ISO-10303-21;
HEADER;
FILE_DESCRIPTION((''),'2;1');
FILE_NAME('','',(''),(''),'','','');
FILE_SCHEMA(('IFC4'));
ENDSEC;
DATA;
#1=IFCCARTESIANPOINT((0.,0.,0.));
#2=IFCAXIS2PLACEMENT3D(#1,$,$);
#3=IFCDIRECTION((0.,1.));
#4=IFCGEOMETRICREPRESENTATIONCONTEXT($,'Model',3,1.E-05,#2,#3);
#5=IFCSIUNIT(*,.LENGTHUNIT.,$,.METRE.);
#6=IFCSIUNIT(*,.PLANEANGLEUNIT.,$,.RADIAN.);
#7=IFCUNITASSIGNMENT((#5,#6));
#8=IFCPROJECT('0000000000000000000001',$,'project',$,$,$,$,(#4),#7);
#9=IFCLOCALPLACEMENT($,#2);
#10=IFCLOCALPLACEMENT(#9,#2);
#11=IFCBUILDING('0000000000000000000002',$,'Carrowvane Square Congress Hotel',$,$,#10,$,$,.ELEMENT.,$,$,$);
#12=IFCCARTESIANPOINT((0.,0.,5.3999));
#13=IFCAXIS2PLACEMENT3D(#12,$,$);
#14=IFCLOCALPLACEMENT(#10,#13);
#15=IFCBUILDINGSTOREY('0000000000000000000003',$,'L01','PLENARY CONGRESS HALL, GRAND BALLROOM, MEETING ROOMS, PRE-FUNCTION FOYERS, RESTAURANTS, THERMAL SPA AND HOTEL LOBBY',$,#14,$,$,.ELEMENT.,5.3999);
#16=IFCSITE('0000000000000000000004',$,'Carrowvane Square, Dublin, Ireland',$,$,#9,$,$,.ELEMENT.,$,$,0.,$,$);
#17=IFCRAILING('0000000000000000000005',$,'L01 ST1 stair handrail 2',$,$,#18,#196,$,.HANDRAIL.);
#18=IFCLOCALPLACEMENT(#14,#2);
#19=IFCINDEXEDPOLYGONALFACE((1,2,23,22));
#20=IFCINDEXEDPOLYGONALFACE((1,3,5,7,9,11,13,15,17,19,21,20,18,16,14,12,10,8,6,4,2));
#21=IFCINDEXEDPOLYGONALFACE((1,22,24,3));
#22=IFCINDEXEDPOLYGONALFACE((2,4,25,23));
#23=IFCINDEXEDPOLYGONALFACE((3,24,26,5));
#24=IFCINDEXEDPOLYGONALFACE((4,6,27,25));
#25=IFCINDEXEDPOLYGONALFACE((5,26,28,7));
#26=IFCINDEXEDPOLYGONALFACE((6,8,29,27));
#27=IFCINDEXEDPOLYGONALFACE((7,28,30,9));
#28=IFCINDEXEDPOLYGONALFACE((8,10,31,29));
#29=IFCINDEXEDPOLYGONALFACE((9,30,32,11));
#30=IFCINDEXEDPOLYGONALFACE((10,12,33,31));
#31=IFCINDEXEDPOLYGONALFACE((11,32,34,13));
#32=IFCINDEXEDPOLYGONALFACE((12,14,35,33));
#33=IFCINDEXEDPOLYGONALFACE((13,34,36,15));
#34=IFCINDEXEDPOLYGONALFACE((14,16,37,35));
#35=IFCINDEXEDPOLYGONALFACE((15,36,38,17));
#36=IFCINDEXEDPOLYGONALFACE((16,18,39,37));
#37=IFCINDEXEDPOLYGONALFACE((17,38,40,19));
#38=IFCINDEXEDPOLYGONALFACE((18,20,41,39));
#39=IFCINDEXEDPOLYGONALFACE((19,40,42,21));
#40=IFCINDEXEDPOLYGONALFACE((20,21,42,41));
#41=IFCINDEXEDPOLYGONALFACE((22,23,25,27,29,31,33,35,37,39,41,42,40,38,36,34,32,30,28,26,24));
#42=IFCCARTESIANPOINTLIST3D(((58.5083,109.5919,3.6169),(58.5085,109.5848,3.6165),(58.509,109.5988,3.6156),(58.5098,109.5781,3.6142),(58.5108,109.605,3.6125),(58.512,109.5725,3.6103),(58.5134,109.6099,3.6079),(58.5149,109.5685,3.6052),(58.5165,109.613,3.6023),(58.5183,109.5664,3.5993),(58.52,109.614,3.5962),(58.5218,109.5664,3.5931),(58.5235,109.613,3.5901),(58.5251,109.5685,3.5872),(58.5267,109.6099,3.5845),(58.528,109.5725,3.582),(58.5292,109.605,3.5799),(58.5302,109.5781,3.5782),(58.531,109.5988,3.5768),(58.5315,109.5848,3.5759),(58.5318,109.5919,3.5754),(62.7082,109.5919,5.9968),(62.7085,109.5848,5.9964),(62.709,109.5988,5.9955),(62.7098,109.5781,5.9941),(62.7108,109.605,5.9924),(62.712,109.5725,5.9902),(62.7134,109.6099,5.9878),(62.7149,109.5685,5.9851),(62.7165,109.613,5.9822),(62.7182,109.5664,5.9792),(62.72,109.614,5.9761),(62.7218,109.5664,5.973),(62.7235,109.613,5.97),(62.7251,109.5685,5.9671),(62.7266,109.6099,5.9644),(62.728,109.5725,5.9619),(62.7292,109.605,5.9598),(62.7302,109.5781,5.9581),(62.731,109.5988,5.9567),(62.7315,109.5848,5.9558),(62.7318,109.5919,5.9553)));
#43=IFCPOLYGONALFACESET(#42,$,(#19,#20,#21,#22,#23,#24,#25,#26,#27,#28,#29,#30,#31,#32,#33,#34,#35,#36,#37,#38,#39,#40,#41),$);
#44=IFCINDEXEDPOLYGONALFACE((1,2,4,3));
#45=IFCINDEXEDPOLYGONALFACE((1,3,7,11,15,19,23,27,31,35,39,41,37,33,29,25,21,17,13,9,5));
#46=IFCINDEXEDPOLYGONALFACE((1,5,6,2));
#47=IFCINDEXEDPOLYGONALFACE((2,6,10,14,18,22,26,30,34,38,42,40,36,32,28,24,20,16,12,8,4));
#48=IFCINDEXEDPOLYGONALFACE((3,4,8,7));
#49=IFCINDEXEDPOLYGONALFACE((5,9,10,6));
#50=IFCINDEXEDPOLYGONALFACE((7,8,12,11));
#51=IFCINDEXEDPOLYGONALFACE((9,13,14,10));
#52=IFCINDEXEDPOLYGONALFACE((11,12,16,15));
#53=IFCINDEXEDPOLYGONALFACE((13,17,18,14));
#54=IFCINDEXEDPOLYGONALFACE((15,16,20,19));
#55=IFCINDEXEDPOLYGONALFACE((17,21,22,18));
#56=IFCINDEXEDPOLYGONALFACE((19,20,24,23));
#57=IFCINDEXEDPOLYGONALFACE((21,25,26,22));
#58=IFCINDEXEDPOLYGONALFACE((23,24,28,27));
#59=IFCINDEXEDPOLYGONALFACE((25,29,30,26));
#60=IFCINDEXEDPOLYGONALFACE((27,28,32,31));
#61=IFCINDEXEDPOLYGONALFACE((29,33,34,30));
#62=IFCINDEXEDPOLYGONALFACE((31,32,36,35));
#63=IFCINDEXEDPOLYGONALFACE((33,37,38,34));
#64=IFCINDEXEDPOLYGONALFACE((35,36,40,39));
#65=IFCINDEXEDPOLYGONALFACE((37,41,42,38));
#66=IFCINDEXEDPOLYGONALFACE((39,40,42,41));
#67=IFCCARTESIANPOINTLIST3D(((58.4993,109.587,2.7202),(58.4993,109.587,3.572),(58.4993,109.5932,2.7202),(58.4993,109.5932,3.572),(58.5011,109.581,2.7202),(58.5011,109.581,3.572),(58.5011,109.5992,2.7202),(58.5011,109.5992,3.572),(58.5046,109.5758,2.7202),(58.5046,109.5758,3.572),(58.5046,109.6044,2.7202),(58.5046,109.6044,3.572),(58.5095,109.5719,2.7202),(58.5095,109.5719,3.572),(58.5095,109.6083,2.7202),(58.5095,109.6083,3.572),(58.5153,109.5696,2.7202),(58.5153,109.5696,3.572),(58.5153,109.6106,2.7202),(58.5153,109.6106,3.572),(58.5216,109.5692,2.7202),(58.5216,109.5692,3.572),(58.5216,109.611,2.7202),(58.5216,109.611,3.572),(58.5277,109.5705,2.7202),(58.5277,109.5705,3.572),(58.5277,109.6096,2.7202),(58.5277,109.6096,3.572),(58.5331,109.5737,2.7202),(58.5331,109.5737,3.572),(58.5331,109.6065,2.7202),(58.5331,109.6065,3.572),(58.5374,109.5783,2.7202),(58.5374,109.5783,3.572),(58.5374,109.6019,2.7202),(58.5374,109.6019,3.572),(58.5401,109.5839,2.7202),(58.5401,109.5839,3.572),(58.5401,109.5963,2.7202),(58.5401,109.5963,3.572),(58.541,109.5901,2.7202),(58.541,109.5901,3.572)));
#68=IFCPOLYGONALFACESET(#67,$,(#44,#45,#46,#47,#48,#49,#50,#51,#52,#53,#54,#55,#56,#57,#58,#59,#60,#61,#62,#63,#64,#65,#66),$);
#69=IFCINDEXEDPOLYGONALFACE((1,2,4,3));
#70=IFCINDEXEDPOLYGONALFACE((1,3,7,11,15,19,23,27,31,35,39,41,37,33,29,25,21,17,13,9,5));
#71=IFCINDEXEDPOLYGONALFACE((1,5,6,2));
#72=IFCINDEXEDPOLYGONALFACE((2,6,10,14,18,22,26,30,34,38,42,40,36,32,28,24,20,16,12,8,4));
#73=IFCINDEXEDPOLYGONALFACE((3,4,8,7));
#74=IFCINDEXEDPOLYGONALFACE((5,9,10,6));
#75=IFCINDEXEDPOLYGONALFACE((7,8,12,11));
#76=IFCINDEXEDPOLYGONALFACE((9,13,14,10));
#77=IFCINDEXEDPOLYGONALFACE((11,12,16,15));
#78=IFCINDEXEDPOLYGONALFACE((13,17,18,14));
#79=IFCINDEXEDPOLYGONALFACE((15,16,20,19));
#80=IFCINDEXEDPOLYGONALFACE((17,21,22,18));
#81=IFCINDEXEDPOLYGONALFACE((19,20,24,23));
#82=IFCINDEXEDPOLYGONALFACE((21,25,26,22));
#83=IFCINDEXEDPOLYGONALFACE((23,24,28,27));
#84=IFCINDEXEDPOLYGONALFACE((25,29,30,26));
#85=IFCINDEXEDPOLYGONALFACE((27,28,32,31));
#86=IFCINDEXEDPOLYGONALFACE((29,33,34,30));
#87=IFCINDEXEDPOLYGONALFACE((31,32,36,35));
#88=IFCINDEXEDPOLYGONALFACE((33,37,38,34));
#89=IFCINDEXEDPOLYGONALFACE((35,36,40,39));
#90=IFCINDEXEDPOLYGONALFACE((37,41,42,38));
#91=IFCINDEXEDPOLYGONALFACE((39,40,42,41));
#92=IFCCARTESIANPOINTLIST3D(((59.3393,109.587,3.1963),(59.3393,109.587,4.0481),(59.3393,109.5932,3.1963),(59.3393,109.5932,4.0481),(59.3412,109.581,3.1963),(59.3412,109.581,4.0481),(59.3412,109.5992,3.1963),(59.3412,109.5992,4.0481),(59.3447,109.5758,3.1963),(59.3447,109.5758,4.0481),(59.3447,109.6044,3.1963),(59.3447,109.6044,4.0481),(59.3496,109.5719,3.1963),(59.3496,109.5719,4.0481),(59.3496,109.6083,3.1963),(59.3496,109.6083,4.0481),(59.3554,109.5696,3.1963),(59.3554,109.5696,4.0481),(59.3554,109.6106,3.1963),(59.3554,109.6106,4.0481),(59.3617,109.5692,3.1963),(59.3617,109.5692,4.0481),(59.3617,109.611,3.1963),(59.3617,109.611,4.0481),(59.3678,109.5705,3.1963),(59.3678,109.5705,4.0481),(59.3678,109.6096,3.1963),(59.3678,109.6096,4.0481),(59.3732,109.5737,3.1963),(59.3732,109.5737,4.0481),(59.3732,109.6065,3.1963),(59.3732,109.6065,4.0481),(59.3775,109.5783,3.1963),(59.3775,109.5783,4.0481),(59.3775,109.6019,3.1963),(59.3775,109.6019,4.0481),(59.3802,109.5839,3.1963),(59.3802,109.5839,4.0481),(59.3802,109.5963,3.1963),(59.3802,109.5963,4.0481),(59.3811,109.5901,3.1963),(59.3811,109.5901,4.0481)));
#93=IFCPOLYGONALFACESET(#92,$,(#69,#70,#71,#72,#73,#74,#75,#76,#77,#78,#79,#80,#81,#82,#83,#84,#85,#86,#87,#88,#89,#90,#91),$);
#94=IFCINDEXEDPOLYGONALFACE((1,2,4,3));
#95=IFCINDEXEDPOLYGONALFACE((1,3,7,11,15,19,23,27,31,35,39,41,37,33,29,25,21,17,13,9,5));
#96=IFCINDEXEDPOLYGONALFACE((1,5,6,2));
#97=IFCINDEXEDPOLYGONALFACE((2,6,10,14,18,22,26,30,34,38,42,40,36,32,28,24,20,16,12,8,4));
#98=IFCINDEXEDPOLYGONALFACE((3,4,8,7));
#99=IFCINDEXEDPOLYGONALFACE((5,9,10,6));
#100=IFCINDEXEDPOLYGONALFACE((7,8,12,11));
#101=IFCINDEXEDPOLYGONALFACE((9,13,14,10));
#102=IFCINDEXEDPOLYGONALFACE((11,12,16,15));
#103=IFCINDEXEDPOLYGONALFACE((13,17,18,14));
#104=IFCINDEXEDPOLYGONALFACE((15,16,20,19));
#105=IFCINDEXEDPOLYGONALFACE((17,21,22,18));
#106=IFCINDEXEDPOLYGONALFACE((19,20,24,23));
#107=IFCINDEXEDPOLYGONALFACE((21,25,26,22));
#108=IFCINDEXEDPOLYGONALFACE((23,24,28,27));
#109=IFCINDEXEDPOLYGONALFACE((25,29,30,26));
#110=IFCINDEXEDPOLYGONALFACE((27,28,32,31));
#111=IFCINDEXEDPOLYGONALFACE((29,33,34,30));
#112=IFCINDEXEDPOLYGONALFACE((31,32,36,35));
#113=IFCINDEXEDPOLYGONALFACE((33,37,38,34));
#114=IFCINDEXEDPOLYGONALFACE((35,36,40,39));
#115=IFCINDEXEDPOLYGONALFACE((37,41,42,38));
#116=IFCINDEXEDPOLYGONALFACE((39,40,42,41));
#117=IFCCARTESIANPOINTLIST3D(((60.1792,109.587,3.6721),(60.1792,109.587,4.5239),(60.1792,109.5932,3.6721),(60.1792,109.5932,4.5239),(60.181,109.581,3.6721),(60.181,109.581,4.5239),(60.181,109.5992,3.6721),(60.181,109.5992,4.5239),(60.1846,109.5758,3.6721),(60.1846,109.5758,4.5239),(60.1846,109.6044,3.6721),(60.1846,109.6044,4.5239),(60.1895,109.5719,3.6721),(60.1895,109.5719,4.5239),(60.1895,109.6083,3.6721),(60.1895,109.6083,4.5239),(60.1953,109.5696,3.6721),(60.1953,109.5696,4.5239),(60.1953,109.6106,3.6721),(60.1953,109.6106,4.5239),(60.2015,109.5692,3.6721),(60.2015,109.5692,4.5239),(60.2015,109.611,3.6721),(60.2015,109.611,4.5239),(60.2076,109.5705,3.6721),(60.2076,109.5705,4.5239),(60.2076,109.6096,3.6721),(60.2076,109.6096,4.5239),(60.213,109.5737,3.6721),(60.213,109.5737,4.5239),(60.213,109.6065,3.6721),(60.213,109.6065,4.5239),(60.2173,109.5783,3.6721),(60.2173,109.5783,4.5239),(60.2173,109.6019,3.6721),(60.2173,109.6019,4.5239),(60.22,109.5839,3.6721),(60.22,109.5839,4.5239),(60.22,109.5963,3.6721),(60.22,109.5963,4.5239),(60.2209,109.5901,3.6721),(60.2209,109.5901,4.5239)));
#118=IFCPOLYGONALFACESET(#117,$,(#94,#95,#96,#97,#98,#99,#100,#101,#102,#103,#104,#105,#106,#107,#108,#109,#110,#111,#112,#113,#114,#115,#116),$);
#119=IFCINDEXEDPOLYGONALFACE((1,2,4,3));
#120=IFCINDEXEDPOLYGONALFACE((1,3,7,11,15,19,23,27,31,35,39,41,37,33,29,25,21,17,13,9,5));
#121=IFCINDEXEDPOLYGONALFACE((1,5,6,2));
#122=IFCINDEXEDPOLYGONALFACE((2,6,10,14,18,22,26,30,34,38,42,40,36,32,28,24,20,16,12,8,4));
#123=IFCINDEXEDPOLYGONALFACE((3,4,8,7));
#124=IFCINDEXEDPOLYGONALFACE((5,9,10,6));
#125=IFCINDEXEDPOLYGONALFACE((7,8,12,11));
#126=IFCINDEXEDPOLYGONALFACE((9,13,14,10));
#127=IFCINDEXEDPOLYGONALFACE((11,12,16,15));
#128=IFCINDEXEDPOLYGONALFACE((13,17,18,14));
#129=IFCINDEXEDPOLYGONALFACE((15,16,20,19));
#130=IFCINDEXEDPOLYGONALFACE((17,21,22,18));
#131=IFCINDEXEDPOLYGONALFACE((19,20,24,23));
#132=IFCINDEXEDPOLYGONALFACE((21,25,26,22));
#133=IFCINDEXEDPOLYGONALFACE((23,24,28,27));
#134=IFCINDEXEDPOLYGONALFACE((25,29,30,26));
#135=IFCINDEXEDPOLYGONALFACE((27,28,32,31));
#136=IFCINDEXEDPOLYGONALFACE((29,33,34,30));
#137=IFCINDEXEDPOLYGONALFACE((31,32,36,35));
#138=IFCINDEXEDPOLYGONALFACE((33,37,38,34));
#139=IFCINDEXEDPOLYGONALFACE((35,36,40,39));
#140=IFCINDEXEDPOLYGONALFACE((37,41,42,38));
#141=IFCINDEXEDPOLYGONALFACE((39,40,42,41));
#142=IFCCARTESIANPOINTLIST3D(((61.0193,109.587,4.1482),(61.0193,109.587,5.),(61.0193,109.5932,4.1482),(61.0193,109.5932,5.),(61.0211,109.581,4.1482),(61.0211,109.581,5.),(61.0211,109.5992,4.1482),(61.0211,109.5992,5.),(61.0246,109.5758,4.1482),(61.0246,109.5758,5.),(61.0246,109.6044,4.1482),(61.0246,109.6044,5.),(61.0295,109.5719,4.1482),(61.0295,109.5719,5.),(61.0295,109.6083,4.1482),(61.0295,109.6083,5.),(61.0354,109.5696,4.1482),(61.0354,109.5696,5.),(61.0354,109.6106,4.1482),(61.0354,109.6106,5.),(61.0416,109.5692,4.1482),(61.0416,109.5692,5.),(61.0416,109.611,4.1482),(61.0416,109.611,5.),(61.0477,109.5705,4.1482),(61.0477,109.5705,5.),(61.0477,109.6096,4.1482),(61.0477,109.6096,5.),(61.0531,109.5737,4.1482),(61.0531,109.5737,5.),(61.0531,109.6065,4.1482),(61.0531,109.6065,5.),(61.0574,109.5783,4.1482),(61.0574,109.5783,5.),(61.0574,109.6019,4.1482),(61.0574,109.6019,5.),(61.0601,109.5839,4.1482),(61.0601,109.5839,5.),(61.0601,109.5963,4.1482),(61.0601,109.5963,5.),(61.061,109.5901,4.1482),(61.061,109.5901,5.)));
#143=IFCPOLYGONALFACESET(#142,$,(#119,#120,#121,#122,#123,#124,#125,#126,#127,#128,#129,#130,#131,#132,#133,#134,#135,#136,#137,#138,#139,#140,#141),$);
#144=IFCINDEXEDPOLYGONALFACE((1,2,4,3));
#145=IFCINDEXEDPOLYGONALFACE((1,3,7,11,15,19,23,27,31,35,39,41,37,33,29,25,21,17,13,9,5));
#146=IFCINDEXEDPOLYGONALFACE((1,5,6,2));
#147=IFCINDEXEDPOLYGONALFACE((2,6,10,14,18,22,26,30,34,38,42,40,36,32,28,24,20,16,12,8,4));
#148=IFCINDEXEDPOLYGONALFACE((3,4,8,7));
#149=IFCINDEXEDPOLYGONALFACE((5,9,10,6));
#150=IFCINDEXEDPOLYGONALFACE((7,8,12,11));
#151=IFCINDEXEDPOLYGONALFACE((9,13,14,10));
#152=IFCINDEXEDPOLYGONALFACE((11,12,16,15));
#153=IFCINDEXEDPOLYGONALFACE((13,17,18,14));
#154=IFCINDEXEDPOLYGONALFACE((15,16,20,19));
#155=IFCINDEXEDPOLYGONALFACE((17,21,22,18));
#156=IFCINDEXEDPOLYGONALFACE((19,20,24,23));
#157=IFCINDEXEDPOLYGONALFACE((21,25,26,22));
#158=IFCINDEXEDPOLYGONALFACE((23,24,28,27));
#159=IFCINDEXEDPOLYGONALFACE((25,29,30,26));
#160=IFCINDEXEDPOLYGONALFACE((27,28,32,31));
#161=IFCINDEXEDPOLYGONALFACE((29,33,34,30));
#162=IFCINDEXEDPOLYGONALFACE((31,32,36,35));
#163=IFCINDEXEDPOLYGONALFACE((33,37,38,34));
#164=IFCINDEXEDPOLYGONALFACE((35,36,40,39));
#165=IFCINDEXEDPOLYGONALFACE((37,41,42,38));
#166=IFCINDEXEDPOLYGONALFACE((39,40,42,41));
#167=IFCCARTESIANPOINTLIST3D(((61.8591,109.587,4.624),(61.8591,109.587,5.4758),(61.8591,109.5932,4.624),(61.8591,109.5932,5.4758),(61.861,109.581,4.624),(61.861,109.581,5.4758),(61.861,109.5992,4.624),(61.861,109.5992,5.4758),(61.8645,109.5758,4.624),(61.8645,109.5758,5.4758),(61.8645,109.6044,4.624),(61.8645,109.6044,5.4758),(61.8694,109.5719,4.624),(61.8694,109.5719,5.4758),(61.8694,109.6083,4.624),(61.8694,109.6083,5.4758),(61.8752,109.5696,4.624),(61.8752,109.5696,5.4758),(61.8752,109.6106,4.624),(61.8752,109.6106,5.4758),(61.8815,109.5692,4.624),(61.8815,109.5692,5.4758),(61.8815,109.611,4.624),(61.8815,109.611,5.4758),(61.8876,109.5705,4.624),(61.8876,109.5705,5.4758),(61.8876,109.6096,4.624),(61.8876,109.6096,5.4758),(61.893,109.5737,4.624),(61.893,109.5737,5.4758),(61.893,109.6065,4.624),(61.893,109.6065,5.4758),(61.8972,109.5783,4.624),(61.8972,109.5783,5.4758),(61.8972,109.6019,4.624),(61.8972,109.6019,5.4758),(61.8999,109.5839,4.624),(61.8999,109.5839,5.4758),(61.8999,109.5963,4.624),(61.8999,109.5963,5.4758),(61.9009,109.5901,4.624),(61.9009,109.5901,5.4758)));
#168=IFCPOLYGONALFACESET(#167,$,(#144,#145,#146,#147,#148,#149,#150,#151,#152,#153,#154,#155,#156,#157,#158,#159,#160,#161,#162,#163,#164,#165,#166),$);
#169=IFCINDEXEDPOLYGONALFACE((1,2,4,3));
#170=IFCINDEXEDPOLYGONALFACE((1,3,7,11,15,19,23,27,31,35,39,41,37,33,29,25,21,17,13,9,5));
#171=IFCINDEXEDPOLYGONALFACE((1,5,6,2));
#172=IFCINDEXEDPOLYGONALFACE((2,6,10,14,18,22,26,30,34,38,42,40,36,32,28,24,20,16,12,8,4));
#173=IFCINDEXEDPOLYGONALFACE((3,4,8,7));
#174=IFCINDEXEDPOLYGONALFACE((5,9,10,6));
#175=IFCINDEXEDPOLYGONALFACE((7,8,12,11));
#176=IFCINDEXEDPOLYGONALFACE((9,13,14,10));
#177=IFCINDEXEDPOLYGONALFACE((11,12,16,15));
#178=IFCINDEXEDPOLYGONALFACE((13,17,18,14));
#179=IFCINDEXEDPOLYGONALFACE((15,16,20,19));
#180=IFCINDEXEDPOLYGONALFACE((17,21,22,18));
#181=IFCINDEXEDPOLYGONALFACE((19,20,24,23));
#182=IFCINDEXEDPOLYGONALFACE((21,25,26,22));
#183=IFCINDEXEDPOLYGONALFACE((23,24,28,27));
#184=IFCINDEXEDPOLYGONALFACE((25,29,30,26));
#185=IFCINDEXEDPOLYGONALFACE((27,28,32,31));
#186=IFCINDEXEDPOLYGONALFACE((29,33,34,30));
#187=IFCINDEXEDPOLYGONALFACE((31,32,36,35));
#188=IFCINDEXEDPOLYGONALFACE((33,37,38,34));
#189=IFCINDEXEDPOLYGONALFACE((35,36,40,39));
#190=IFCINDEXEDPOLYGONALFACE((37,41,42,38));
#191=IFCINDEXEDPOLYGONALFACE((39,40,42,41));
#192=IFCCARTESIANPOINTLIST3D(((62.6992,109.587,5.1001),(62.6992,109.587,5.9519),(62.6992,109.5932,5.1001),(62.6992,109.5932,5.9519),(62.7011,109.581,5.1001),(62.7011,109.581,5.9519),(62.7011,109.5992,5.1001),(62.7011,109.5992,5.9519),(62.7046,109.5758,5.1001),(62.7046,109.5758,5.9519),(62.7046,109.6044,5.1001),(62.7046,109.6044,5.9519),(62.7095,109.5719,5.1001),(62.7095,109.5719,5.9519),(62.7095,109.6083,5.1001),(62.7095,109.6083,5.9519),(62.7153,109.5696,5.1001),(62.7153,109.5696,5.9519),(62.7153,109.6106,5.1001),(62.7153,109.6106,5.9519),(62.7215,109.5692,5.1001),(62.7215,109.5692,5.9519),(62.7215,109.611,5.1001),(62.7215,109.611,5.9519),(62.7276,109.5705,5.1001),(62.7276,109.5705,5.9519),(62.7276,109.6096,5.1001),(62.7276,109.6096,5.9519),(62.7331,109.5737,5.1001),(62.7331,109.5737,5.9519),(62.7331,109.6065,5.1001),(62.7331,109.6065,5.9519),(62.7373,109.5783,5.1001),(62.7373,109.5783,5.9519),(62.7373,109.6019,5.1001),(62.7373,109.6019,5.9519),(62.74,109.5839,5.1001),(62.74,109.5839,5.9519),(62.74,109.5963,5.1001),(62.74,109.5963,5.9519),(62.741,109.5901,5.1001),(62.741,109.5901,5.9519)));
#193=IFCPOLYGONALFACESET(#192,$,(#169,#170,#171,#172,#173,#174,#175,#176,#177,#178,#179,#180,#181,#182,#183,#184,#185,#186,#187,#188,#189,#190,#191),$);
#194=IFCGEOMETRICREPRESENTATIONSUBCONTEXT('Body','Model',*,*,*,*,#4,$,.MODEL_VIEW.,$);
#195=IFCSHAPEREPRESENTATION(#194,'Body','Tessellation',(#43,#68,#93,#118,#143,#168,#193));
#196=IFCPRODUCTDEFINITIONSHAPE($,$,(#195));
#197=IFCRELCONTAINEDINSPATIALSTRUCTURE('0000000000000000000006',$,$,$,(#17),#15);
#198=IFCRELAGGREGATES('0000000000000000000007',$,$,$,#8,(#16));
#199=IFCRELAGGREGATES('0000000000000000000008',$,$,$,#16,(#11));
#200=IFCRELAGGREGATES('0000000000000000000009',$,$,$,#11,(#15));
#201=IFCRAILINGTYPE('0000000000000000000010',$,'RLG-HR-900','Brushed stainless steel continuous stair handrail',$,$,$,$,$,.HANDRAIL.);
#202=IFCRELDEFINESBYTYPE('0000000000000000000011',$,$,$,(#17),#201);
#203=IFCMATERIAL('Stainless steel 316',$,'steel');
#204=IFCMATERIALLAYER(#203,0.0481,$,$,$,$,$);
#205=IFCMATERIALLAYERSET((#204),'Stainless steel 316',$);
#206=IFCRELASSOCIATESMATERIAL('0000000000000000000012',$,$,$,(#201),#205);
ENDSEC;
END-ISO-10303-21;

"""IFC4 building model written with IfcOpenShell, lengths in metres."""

from ifc_helpers import new_model, si_unit, direction, frame, origin, origin_2d, place, context, subcontext, project, spatial, circle, extrude, material, layer, layer_set, type_object, element, save


model = new_model("IFC4")

# Units and contexts
model_context = context("Model", 3, precision=1e-05, world=origin(), true_north=direction((0.0, 1.0)))
body_context = subcontext(model_context, "Body", "Model", "MODEL_VIEW")
ifc_project = project(units=[si_unit("LENGTHUNIT", "METRE"), si_unit("PLANEANGLEUNIT", "RADIAN")], contexts=[model_context])

# Site, building, storey
site_placement = place(None, origin())
site = spatial("IfcSite", under=ifc_project, at=site_placement, Name="Carrowvane Square, Dublin, Ireland", CompositionType="ELEMENT", RefElevation=0.0)
building_placement = place(site_placement, origin())
building = spatial("IfcBuilding", under=site, at=building_placement, Name="Carrowvane Square Congress Hotel", CompositionType="ELEMENT")
storey_placement = place(building_placement, frame((0.0, 0.0, 5.3999)))
storey = spatial("IfcBuildingStorey", under=building, at=storey_placement, Name="L01", Description="PLENARY CONGRESS HALL, GRAND BALLROOM, MEETING ROOMS, PRE-FUNCTION FOYERS, RESTAURANTS, THERMAL SPA AND HOTEL LOBBY", CompositionType="ELEMENT", Elevation=5.3999)

# Railing
ifc_material_1 = material(Name="Stainless steel 316", Category="steel")
ifc_layer_1 = layer(ifc_material_1, 0.0481)
ifc_layer_set_1 = layer_set([ifc_layer_1], Name="Stainless steel 316")
railing_type_1 = type_object("IfcRailingType", Name="RLG-HR-900", Description="Brushed stainless steel continuous stair handrail", PredefinedType="HANDRAIL", material=ifc_layer_set_1)
railing_1_placement = place(storey_placement, frame((58.52, 109.5901, 2.7202)))
element("IfcRailing", 1, at=railing_1_placement, inside=storey, type_object=railing_type_1, Name="L01 ST1 stair handrail 2", PredefinedType="HANDRAIL", context=body_context, shape_type="SweptSolid", body=[
    extrude(circle(Radius=0.0239, at=origin_2d()), frame((0.0, 0.0, 0.876), z_axis=(0.87003, 0.0, 0.492999), x_axis=(0.0, 1.0, 0.0)), (0.0, 0.0, 1.0), 4.8274),
    extrude(circle(Radius=0.021, at=origin_2d()), origin(), (0.0, 0.0, 1.0), 0.8518),
    extrude(circle(Radius=0.021, at=origin_2d()), frame((0.8401, 0.0, 0.4761)), (0.0, 0.0, 1.0), 0.8518),
    extrude(circle(Radius=0.021, at=origin_2d()), frame((1.6799, 0.0, 0.9519)), (0.0, 0.0, 1.0), 0.8518),
    extrude(circle(Radius=0.021, at=origin_2d()), frame((2.52, 0.0, 1.428)), (0.0, 0.0, 1.0), 0.8518),
    extrude(circle(Radius=0.021, at=origin_2d()), frame((3.3599, 0.0, 1.9038)), (0.0, 0.0, 1.0), 0.8518),
    extrude(circle(Radius=0.021, at=origin_2d()), frame((4.2, 0.0, 2.3799)), (0.0, 0.0, 1.0), 0.8518),
])

save(model, "model.ifc")
